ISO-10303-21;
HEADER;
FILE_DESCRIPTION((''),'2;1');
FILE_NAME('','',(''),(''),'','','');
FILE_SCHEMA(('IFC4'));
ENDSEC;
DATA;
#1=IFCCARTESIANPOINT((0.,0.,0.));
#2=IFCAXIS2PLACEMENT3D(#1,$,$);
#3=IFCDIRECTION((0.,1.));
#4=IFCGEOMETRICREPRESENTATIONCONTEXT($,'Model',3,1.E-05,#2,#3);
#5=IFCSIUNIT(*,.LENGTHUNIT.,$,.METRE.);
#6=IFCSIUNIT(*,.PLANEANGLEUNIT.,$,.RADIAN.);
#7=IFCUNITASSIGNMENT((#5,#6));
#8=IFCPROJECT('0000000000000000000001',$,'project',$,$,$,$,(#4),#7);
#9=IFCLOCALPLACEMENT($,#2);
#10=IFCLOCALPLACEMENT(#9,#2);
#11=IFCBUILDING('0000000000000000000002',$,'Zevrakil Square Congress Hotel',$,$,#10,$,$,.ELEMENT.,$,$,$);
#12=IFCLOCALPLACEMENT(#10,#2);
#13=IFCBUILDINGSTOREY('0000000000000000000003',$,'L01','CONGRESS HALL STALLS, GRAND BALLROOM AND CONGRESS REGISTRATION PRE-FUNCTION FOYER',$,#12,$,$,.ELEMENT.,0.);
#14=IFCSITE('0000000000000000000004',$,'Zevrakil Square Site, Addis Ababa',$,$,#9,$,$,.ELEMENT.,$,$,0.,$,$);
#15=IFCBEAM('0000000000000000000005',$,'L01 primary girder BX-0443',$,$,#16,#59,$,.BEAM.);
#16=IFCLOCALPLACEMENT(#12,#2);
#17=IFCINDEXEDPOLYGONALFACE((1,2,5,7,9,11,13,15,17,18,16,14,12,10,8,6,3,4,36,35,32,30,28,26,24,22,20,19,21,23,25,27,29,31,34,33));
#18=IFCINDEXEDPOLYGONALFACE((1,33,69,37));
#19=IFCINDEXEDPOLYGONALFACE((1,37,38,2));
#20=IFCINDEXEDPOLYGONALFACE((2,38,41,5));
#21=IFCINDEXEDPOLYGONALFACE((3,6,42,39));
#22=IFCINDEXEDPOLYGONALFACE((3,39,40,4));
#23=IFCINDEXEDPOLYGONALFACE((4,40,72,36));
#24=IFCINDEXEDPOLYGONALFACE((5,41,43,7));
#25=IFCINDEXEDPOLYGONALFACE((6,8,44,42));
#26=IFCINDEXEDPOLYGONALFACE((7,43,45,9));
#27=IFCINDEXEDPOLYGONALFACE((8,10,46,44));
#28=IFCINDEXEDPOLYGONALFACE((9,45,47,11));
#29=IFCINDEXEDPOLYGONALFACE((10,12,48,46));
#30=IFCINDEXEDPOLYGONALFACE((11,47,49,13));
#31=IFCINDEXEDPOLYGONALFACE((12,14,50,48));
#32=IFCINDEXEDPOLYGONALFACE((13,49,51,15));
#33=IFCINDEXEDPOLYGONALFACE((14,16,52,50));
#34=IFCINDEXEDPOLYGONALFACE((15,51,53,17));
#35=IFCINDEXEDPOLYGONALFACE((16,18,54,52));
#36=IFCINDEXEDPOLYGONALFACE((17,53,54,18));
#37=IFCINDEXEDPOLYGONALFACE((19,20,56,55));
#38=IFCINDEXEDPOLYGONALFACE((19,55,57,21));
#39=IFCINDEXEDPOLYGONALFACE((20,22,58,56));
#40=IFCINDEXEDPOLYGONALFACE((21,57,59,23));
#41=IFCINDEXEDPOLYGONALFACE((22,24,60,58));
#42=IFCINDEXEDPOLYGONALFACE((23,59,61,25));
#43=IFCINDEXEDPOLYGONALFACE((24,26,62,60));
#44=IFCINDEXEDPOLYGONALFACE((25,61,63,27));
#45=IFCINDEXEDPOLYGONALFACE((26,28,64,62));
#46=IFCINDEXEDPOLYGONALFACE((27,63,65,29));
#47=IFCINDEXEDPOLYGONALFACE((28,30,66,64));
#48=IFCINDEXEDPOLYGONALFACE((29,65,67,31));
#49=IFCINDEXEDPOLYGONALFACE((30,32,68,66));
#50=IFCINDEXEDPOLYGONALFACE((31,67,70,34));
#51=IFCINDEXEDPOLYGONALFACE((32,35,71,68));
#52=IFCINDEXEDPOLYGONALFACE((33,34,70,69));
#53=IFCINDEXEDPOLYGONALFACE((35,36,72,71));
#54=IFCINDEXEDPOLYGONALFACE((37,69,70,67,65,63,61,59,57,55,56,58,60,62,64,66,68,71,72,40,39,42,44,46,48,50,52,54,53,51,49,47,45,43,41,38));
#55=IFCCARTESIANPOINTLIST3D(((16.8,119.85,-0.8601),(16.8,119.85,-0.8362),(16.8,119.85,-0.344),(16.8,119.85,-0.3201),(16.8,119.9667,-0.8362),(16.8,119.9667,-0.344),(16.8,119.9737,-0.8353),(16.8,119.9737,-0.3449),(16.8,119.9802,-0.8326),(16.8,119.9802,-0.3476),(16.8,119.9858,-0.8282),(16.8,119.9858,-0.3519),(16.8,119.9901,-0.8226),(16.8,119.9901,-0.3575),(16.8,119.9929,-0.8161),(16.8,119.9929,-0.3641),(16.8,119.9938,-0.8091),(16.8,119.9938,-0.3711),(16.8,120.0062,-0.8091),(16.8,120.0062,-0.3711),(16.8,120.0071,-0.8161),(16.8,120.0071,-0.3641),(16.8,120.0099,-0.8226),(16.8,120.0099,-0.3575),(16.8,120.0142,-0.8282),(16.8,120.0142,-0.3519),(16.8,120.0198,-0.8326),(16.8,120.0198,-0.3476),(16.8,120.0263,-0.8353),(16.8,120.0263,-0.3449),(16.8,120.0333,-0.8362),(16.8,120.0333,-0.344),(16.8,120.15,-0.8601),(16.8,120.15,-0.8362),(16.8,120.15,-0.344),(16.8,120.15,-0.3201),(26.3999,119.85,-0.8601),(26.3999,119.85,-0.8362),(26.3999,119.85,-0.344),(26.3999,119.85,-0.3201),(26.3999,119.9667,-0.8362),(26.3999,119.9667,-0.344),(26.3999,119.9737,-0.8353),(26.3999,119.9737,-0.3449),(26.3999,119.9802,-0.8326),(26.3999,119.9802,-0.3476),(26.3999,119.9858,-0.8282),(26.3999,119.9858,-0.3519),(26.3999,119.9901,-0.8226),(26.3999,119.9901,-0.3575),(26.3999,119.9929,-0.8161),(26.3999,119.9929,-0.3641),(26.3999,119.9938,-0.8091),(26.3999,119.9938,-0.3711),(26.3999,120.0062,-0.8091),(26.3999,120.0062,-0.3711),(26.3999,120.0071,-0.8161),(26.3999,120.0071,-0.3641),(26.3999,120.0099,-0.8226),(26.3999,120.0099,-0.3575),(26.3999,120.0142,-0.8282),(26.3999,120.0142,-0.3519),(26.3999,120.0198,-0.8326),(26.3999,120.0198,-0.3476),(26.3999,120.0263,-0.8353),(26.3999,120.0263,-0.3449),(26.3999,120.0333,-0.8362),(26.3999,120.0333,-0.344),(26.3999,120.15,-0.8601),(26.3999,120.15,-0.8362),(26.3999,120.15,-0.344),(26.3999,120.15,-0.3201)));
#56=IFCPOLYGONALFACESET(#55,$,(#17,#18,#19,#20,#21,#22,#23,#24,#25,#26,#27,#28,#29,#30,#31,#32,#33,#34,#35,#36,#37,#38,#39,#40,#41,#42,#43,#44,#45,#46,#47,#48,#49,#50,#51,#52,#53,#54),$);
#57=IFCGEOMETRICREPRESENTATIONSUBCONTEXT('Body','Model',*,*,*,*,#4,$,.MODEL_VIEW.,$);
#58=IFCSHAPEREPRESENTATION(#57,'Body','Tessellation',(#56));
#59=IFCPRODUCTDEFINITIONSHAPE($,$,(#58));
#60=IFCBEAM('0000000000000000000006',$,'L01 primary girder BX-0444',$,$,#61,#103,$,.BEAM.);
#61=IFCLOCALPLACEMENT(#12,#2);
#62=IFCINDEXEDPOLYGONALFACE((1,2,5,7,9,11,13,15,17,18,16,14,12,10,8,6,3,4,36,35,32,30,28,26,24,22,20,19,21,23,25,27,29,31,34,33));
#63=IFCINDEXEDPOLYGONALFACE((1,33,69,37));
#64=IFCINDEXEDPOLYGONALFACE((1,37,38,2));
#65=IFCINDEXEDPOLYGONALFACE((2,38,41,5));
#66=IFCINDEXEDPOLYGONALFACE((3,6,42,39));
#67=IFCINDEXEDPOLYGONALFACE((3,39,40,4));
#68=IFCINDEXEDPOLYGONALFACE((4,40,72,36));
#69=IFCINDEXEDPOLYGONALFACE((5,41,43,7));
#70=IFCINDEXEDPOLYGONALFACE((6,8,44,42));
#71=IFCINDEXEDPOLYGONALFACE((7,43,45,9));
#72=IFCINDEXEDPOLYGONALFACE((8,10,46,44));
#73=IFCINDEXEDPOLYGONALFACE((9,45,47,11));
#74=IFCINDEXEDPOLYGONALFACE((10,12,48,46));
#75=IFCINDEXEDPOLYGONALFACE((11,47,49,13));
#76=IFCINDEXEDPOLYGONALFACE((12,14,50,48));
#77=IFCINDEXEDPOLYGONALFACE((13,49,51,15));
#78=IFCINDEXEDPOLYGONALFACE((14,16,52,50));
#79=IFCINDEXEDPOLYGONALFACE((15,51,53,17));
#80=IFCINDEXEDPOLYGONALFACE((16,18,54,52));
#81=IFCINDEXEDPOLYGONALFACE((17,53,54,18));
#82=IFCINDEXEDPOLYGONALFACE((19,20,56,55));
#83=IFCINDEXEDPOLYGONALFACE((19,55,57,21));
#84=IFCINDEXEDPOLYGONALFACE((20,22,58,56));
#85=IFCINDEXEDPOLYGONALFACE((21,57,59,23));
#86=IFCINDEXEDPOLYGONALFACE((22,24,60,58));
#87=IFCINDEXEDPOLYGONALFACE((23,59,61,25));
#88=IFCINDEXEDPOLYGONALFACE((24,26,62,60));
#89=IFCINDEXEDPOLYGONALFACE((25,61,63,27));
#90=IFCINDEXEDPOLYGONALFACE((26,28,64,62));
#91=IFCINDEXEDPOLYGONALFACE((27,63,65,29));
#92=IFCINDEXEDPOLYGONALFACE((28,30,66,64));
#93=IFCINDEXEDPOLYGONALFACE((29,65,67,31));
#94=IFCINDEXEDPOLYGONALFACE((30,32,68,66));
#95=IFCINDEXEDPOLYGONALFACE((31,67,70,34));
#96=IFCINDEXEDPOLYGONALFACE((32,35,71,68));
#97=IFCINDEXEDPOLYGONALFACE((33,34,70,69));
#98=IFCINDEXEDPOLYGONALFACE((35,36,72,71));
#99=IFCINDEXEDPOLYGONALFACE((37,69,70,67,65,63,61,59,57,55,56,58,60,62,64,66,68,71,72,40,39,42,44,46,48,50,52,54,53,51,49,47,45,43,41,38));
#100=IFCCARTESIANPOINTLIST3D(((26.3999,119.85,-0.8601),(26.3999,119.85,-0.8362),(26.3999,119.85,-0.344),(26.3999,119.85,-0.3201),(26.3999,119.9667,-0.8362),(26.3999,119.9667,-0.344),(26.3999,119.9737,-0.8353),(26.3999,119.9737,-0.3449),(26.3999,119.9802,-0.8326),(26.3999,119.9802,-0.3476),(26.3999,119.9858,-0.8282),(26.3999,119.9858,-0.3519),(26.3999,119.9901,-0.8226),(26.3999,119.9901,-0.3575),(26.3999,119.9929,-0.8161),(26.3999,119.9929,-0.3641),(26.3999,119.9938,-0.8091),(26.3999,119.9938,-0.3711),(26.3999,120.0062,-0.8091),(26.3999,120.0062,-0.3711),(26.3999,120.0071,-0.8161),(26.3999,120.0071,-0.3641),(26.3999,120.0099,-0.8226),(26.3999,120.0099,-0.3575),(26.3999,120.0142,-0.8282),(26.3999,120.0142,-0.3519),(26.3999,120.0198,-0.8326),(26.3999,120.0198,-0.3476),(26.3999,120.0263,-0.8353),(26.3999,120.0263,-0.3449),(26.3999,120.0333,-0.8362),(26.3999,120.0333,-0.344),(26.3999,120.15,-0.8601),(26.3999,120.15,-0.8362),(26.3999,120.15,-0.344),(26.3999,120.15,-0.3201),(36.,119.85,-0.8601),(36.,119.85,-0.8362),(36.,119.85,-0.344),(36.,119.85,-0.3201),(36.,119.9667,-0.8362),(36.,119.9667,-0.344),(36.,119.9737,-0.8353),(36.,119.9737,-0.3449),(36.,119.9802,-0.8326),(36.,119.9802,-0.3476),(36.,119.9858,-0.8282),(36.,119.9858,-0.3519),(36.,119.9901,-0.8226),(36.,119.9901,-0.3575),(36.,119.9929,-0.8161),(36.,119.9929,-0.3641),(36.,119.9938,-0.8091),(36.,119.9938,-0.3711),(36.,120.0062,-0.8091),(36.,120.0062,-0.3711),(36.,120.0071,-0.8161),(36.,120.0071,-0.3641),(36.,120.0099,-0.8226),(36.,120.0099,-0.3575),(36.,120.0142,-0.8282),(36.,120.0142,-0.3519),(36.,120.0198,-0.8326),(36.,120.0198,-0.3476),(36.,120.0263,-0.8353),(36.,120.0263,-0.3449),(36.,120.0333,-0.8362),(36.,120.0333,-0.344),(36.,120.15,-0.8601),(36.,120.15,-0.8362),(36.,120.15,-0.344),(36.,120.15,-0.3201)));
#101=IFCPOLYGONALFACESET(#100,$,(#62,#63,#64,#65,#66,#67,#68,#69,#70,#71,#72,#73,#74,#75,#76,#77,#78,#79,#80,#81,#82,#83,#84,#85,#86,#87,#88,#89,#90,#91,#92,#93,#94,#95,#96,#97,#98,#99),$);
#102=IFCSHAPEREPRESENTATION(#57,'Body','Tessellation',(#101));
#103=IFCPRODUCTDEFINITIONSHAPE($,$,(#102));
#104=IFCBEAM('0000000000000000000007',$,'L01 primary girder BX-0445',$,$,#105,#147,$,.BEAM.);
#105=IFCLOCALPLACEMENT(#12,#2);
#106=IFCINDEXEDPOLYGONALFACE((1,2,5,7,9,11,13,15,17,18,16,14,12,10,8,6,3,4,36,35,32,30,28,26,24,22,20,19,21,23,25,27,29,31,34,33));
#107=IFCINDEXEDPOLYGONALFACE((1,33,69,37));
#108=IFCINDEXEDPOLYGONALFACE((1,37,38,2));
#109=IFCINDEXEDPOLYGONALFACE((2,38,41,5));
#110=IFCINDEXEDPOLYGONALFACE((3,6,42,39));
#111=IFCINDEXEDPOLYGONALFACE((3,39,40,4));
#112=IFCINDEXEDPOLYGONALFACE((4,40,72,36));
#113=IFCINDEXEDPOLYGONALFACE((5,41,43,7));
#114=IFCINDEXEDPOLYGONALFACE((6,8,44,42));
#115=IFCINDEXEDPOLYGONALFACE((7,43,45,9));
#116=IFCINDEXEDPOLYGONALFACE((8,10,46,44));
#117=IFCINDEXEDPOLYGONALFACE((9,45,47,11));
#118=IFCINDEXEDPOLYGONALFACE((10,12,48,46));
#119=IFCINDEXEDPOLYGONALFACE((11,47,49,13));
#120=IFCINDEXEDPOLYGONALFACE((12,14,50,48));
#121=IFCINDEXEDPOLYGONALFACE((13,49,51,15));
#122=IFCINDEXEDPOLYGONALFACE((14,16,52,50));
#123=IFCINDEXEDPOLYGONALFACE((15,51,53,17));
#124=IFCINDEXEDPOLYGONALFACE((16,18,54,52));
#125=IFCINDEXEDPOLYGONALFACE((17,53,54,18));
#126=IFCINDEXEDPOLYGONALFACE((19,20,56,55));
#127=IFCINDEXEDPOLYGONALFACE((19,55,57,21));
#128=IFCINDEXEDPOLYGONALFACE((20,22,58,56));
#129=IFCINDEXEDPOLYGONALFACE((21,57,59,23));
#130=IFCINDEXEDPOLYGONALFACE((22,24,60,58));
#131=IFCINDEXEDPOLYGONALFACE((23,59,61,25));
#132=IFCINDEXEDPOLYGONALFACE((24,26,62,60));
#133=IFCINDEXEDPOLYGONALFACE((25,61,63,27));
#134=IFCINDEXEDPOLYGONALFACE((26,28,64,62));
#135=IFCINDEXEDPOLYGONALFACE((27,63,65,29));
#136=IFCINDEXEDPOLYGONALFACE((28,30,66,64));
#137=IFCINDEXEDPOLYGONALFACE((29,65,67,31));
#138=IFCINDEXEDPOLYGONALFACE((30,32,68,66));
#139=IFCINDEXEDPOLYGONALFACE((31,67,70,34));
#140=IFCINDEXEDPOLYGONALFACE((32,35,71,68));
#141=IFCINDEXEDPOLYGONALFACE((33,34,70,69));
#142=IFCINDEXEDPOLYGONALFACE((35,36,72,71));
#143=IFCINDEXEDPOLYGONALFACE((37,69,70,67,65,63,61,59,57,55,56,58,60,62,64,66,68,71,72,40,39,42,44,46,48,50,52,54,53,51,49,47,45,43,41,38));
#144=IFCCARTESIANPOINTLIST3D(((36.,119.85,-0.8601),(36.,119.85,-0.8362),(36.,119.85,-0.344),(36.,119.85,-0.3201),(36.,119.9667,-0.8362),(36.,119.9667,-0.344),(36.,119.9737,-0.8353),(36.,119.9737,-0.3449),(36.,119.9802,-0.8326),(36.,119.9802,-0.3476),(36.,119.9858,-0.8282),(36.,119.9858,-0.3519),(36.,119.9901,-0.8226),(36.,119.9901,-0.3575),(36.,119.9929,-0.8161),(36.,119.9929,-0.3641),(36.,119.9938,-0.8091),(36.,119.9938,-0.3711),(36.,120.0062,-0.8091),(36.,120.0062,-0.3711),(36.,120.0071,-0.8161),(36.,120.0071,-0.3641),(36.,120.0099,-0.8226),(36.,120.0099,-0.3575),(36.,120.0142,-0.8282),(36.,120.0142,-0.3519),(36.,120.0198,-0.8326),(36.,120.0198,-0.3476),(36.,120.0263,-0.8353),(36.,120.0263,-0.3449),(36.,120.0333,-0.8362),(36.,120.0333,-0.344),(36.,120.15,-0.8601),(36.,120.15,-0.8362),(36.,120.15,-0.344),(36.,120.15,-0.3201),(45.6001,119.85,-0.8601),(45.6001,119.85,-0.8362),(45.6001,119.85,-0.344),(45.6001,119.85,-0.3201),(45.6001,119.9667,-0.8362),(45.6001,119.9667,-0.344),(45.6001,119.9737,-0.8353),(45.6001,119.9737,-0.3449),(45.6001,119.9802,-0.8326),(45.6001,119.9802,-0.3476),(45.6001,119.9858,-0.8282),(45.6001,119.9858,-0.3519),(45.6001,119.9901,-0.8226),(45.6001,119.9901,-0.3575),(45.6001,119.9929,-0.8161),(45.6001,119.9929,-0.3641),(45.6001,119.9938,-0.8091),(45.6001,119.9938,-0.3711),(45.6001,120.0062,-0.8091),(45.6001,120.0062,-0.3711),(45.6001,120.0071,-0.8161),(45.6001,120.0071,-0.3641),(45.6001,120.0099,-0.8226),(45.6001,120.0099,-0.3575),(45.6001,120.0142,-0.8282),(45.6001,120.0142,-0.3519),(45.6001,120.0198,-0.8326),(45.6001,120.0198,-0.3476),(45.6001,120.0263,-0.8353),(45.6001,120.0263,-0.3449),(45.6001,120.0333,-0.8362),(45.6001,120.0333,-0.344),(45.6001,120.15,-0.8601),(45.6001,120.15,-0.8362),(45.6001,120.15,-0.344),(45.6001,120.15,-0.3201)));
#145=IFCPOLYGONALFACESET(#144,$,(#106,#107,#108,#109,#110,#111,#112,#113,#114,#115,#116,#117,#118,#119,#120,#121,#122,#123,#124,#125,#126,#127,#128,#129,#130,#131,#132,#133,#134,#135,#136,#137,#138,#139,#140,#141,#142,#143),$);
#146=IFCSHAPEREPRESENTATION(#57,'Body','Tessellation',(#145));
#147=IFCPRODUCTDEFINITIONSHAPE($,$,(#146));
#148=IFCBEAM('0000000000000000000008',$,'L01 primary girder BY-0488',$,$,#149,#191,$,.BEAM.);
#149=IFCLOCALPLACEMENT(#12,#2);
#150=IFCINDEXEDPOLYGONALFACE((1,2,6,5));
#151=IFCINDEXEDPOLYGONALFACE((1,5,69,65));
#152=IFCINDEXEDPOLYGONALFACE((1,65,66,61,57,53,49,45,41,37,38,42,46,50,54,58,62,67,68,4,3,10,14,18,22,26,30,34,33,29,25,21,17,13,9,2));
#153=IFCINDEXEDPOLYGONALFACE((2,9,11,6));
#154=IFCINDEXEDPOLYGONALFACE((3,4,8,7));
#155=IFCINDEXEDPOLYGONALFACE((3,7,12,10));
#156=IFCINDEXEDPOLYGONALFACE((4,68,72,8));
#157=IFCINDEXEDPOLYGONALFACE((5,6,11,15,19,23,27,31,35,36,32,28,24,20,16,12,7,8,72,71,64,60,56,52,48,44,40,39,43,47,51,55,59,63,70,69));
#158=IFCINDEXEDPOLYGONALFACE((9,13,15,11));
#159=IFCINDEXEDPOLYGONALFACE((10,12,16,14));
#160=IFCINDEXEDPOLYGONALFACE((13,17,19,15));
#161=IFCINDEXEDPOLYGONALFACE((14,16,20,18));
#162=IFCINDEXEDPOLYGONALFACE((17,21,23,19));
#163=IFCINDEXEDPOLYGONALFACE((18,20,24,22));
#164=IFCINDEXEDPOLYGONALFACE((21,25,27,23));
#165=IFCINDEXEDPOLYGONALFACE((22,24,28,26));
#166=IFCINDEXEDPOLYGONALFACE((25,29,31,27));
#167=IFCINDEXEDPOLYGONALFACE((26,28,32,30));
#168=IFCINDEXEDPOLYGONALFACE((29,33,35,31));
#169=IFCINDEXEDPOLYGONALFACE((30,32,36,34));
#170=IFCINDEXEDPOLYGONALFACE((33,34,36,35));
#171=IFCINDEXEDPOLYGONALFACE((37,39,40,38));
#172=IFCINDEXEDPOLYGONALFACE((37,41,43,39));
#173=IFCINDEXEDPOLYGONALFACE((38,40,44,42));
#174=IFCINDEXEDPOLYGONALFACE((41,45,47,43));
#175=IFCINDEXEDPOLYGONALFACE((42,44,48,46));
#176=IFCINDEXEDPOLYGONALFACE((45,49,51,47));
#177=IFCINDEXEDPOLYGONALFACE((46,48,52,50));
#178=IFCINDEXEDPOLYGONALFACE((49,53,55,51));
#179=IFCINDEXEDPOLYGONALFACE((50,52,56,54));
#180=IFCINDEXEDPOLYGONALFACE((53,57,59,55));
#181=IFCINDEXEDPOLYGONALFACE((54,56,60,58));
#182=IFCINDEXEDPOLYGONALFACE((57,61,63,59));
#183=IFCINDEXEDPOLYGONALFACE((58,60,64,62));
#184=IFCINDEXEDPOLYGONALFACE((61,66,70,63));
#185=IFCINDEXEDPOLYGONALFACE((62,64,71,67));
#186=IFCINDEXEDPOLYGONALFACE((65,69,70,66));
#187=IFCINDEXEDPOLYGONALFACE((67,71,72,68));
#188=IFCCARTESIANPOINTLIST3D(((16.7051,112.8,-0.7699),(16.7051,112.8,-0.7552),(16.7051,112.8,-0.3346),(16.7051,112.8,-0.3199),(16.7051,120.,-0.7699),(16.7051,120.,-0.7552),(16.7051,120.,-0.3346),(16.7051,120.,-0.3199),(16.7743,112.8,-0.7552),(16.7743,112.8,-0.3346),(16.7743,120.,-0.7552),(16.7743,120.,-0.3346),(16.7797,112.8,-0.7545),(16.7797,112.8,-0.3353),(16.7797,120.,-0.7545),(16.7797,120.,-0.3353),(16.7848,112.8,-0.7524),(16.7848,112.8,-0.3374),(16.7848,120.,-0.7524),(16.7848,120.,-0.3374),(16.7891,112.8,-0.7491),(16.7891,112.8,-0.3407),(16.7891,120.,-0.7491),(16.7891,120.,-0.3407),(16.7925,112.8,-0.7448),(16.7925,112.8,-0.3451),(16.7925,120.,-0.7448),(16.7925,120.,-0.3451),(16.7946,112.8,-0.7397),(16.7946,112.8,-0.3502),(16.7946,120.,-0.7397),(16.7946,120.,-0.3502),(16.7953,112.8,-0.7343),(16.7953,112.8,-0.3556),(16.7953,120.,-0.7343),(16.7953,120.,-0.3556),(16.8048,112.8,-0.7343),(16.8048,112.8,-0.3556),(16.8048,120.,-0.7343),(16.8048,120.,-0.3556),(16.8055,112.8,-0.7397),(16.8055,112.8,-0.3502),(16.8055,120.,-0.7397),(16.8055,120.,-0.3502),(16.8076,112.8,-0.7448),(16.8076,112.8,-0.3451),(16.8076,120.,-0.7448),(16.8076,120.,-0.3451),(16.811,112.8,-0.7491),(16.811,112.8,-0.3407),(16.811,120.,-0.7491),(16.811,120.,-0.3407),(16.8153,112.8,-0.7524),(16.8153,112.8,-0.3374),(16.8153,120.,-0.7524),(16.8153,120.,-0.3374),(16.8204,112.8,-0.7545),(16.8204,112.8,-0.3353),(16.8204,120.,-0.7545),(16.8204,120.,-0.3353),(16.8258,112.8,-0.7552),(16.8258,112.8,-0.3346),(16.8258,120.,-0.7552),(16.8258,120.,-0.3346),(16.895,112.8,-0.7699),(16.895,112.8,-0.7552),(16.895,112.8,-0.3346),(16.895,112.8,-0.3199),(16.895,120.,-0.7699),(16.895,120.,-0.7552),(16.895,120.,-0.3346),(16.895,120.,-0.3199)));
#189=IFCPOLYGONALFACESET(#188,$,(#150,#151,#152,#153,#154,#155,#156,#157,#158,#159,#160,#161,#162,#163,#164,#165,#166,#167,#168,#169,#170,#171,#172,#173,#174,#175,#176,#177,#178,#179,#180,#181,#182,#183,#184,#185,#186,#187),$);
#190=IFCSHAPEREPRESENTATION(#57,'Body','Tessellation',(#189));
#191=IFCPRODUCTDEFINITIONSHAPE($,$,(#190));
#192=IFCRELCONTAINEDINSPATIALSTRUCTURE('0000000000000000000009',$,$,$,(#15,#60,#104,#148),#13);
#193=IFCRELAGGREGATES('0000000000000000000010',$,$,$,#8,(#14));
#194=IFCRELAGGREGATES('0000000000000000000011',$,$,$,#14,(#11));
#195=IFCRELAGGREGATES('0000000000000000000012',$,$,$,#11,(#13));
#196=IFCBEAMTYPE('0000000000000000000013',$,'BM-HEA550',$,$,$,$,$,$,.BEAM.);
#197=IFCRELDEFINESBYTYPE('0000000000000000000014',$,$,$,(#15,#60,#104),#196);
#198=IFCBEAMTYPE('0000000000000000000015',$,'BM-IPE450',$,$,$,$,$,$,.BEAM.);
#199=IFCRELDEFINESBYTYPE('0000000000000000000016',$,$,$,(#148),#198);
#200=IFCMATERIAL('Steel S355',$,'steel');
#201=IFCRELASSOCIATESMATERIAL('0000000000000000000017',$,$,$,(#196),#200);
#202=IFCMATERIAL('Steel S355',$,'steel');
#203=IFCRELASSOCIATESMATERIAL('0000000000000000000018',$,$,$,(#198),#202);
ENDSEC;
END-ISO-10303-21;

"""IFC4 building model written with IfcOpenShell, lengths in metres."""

from ifc_helpers import new_model, si_unit, direction, frame, origin, origin_2d, place, context, subcontext, project, spatial, i_section, extrude, material, material_profile, profile_set, type_object, element, save


model = new_model("IFC4")

# Units and contexts
model_context = context("Model", 3, precision=1e-05, world=origin(), true_north=direction((0.0, 1.0)))
body_context = subcontext(model_context, "Body", "Model", "MODEL_VIEW")
ifc_project = project(units=[si_unit("LENGTHUNIT", "METRE"), si_unit("PLANEANGLEUNIT", "RADIAN")], contexts=[model_context])

# Site, building, storey
site_placement = place(None, origin())
site = spatial("IfcSite", under=ifc_project, at=site_placement, Name="Zevrakil Square Site, Addis Ababa", CompositionType="ELEMENT", RefElevation=0.0)
building_placement = place(site_placement, origin())
building = spatial("IfcBuilding", under=site, at=building_placement, Name="Zevrakil Square Congress Hotel", CompositionType="ELEMENT")
storey_placement = place(building_placement, origin())
storey = spatial("IfcBuildingStorey", under=building, at=storey_placement, Name="L01", Description="CONGRESS HALL STALLS, GRAND BALLROOM AND CONGRESS REGISTRATION PRE-FUNCTION FOYER", CompositionType="ELEMENT", Elevation=0.0)

# Beams
ifc_material_1 = material(Name="Steel S355", Category="steel")
ifc_material_profile_1 = material_profile(ifc_material_1, i_section(OverallWidth=0.3, OverallDepth=0.54, WebThickness=0.0125, FlangeThickness=0.0239, FilletRadius=0.0271, at=origin_2d()), Name="HEA 550")
ifc_profile_set_1 = profile_set([ifc_material_profile_1], Name="Steel S355")
beam_type_1 = type_object("IfcBeamType", Name="BM-HEA550", PredefinedType="BEAM", material=ifc_profile_set_1)
beam_1_placement = place(storey_placement, frame((16.8, 120.0, -0.5901), z_axis=(1.0, 0.0, 0.0), x_axis=(0.0, 1.0, 0.0)))
element("IfcBeam", 1, at=beam_1_placement, inside=storey, type_object=beam_type_1, Name="L01 primary girder BX-0443", PredefinedType="BEAM", context=body_context, shape_type="SweptSolid", body=[
    extrude(i_section(OverallWidth=0.3, OverallDepth=0.54, WebThickness=0.0125, FlangeThickness=0.0239, FilletRadius=0.0271, at=origin_2d()), origin(), (0.0, 0.0, 1.0), 9.5999),
])
for number, where, z_axis, x_axis, name in (
    (2, (26.3999, 120.0, -0.5901), (1.0, 0.0, 0.0), (0.0, 1.0, 0.0), "L01 primary girder BX-0444"),
    (3, (36.0, 120.0, -0.5901), (1.0, 0.0, 0.0), (0.0, 1.0, 0.0), "L01 primary girder BX-0445"),
):
    element("IfcBeam", number, at=place(storey_placement, frame(where, z_axis=z_axis, x_axis=x_axis)), inside=storey, type_object=beam_type_1, Name=name, PredefinedType="BEAM", context=body_context, shape_type="SweptSolid", body=[
        extrude(i_section(OverallWidth=0.3, OverallDepth=0.54, WebThickness=0.0125, FlangeThickness=0.0239, FilletRadius=0.0271, at=origin_2d()), origin(), (0.0, 0.0, 1.0), 9.6001),
    ])
ifc_material_2 = material(Name="Steel S355", Category="steel")
ifc_material_profile_2 = material_profile(ifc_material_2, i_section(OverallWidth=0.1899, OverallDepth=0.45, WebThickness=0.0095, FlangeThickness=0.0146, FilletRadius=0.021, at=origin_2d()), Name="IPE 450")
ifc_profile_set_2 = profile_set([ifc_material_profile_2], Name="Steel S355")
beam_type_2 = type_object("IfcBeamType", Name="BM-IPE450", PredefinedType="BEAM", material=ifc_profile_set_2)
for number, where, z_axis, x_axis, name in (
    (4, (16.8, 112.8, -0.5449), (0.0, 1.0, 0.0), (-1.0, 0.0, 0.0), "L01 primary girder BY-0488"),
):
    element("IfcBeam", number, at=place(storey_placement, frame(where, z_axis=z_axis, x_axis=x_axis)), inside=storey, type_object=beam_type_2, Name=name, PredefinedType="BEAM", context=body_context, shape_type="SweptSolid", body=[
        extrude(i_section(OverallWidth=0.1899, OverallDepth=0.45, WebThickness=0.0095, FlangeThickness=0.0146, FilletRadius=0.021, at=origin_2d()), origin(), (0.0, 0.0, 1.0), 7.2),
    ])

save(model, "model.ifc")
